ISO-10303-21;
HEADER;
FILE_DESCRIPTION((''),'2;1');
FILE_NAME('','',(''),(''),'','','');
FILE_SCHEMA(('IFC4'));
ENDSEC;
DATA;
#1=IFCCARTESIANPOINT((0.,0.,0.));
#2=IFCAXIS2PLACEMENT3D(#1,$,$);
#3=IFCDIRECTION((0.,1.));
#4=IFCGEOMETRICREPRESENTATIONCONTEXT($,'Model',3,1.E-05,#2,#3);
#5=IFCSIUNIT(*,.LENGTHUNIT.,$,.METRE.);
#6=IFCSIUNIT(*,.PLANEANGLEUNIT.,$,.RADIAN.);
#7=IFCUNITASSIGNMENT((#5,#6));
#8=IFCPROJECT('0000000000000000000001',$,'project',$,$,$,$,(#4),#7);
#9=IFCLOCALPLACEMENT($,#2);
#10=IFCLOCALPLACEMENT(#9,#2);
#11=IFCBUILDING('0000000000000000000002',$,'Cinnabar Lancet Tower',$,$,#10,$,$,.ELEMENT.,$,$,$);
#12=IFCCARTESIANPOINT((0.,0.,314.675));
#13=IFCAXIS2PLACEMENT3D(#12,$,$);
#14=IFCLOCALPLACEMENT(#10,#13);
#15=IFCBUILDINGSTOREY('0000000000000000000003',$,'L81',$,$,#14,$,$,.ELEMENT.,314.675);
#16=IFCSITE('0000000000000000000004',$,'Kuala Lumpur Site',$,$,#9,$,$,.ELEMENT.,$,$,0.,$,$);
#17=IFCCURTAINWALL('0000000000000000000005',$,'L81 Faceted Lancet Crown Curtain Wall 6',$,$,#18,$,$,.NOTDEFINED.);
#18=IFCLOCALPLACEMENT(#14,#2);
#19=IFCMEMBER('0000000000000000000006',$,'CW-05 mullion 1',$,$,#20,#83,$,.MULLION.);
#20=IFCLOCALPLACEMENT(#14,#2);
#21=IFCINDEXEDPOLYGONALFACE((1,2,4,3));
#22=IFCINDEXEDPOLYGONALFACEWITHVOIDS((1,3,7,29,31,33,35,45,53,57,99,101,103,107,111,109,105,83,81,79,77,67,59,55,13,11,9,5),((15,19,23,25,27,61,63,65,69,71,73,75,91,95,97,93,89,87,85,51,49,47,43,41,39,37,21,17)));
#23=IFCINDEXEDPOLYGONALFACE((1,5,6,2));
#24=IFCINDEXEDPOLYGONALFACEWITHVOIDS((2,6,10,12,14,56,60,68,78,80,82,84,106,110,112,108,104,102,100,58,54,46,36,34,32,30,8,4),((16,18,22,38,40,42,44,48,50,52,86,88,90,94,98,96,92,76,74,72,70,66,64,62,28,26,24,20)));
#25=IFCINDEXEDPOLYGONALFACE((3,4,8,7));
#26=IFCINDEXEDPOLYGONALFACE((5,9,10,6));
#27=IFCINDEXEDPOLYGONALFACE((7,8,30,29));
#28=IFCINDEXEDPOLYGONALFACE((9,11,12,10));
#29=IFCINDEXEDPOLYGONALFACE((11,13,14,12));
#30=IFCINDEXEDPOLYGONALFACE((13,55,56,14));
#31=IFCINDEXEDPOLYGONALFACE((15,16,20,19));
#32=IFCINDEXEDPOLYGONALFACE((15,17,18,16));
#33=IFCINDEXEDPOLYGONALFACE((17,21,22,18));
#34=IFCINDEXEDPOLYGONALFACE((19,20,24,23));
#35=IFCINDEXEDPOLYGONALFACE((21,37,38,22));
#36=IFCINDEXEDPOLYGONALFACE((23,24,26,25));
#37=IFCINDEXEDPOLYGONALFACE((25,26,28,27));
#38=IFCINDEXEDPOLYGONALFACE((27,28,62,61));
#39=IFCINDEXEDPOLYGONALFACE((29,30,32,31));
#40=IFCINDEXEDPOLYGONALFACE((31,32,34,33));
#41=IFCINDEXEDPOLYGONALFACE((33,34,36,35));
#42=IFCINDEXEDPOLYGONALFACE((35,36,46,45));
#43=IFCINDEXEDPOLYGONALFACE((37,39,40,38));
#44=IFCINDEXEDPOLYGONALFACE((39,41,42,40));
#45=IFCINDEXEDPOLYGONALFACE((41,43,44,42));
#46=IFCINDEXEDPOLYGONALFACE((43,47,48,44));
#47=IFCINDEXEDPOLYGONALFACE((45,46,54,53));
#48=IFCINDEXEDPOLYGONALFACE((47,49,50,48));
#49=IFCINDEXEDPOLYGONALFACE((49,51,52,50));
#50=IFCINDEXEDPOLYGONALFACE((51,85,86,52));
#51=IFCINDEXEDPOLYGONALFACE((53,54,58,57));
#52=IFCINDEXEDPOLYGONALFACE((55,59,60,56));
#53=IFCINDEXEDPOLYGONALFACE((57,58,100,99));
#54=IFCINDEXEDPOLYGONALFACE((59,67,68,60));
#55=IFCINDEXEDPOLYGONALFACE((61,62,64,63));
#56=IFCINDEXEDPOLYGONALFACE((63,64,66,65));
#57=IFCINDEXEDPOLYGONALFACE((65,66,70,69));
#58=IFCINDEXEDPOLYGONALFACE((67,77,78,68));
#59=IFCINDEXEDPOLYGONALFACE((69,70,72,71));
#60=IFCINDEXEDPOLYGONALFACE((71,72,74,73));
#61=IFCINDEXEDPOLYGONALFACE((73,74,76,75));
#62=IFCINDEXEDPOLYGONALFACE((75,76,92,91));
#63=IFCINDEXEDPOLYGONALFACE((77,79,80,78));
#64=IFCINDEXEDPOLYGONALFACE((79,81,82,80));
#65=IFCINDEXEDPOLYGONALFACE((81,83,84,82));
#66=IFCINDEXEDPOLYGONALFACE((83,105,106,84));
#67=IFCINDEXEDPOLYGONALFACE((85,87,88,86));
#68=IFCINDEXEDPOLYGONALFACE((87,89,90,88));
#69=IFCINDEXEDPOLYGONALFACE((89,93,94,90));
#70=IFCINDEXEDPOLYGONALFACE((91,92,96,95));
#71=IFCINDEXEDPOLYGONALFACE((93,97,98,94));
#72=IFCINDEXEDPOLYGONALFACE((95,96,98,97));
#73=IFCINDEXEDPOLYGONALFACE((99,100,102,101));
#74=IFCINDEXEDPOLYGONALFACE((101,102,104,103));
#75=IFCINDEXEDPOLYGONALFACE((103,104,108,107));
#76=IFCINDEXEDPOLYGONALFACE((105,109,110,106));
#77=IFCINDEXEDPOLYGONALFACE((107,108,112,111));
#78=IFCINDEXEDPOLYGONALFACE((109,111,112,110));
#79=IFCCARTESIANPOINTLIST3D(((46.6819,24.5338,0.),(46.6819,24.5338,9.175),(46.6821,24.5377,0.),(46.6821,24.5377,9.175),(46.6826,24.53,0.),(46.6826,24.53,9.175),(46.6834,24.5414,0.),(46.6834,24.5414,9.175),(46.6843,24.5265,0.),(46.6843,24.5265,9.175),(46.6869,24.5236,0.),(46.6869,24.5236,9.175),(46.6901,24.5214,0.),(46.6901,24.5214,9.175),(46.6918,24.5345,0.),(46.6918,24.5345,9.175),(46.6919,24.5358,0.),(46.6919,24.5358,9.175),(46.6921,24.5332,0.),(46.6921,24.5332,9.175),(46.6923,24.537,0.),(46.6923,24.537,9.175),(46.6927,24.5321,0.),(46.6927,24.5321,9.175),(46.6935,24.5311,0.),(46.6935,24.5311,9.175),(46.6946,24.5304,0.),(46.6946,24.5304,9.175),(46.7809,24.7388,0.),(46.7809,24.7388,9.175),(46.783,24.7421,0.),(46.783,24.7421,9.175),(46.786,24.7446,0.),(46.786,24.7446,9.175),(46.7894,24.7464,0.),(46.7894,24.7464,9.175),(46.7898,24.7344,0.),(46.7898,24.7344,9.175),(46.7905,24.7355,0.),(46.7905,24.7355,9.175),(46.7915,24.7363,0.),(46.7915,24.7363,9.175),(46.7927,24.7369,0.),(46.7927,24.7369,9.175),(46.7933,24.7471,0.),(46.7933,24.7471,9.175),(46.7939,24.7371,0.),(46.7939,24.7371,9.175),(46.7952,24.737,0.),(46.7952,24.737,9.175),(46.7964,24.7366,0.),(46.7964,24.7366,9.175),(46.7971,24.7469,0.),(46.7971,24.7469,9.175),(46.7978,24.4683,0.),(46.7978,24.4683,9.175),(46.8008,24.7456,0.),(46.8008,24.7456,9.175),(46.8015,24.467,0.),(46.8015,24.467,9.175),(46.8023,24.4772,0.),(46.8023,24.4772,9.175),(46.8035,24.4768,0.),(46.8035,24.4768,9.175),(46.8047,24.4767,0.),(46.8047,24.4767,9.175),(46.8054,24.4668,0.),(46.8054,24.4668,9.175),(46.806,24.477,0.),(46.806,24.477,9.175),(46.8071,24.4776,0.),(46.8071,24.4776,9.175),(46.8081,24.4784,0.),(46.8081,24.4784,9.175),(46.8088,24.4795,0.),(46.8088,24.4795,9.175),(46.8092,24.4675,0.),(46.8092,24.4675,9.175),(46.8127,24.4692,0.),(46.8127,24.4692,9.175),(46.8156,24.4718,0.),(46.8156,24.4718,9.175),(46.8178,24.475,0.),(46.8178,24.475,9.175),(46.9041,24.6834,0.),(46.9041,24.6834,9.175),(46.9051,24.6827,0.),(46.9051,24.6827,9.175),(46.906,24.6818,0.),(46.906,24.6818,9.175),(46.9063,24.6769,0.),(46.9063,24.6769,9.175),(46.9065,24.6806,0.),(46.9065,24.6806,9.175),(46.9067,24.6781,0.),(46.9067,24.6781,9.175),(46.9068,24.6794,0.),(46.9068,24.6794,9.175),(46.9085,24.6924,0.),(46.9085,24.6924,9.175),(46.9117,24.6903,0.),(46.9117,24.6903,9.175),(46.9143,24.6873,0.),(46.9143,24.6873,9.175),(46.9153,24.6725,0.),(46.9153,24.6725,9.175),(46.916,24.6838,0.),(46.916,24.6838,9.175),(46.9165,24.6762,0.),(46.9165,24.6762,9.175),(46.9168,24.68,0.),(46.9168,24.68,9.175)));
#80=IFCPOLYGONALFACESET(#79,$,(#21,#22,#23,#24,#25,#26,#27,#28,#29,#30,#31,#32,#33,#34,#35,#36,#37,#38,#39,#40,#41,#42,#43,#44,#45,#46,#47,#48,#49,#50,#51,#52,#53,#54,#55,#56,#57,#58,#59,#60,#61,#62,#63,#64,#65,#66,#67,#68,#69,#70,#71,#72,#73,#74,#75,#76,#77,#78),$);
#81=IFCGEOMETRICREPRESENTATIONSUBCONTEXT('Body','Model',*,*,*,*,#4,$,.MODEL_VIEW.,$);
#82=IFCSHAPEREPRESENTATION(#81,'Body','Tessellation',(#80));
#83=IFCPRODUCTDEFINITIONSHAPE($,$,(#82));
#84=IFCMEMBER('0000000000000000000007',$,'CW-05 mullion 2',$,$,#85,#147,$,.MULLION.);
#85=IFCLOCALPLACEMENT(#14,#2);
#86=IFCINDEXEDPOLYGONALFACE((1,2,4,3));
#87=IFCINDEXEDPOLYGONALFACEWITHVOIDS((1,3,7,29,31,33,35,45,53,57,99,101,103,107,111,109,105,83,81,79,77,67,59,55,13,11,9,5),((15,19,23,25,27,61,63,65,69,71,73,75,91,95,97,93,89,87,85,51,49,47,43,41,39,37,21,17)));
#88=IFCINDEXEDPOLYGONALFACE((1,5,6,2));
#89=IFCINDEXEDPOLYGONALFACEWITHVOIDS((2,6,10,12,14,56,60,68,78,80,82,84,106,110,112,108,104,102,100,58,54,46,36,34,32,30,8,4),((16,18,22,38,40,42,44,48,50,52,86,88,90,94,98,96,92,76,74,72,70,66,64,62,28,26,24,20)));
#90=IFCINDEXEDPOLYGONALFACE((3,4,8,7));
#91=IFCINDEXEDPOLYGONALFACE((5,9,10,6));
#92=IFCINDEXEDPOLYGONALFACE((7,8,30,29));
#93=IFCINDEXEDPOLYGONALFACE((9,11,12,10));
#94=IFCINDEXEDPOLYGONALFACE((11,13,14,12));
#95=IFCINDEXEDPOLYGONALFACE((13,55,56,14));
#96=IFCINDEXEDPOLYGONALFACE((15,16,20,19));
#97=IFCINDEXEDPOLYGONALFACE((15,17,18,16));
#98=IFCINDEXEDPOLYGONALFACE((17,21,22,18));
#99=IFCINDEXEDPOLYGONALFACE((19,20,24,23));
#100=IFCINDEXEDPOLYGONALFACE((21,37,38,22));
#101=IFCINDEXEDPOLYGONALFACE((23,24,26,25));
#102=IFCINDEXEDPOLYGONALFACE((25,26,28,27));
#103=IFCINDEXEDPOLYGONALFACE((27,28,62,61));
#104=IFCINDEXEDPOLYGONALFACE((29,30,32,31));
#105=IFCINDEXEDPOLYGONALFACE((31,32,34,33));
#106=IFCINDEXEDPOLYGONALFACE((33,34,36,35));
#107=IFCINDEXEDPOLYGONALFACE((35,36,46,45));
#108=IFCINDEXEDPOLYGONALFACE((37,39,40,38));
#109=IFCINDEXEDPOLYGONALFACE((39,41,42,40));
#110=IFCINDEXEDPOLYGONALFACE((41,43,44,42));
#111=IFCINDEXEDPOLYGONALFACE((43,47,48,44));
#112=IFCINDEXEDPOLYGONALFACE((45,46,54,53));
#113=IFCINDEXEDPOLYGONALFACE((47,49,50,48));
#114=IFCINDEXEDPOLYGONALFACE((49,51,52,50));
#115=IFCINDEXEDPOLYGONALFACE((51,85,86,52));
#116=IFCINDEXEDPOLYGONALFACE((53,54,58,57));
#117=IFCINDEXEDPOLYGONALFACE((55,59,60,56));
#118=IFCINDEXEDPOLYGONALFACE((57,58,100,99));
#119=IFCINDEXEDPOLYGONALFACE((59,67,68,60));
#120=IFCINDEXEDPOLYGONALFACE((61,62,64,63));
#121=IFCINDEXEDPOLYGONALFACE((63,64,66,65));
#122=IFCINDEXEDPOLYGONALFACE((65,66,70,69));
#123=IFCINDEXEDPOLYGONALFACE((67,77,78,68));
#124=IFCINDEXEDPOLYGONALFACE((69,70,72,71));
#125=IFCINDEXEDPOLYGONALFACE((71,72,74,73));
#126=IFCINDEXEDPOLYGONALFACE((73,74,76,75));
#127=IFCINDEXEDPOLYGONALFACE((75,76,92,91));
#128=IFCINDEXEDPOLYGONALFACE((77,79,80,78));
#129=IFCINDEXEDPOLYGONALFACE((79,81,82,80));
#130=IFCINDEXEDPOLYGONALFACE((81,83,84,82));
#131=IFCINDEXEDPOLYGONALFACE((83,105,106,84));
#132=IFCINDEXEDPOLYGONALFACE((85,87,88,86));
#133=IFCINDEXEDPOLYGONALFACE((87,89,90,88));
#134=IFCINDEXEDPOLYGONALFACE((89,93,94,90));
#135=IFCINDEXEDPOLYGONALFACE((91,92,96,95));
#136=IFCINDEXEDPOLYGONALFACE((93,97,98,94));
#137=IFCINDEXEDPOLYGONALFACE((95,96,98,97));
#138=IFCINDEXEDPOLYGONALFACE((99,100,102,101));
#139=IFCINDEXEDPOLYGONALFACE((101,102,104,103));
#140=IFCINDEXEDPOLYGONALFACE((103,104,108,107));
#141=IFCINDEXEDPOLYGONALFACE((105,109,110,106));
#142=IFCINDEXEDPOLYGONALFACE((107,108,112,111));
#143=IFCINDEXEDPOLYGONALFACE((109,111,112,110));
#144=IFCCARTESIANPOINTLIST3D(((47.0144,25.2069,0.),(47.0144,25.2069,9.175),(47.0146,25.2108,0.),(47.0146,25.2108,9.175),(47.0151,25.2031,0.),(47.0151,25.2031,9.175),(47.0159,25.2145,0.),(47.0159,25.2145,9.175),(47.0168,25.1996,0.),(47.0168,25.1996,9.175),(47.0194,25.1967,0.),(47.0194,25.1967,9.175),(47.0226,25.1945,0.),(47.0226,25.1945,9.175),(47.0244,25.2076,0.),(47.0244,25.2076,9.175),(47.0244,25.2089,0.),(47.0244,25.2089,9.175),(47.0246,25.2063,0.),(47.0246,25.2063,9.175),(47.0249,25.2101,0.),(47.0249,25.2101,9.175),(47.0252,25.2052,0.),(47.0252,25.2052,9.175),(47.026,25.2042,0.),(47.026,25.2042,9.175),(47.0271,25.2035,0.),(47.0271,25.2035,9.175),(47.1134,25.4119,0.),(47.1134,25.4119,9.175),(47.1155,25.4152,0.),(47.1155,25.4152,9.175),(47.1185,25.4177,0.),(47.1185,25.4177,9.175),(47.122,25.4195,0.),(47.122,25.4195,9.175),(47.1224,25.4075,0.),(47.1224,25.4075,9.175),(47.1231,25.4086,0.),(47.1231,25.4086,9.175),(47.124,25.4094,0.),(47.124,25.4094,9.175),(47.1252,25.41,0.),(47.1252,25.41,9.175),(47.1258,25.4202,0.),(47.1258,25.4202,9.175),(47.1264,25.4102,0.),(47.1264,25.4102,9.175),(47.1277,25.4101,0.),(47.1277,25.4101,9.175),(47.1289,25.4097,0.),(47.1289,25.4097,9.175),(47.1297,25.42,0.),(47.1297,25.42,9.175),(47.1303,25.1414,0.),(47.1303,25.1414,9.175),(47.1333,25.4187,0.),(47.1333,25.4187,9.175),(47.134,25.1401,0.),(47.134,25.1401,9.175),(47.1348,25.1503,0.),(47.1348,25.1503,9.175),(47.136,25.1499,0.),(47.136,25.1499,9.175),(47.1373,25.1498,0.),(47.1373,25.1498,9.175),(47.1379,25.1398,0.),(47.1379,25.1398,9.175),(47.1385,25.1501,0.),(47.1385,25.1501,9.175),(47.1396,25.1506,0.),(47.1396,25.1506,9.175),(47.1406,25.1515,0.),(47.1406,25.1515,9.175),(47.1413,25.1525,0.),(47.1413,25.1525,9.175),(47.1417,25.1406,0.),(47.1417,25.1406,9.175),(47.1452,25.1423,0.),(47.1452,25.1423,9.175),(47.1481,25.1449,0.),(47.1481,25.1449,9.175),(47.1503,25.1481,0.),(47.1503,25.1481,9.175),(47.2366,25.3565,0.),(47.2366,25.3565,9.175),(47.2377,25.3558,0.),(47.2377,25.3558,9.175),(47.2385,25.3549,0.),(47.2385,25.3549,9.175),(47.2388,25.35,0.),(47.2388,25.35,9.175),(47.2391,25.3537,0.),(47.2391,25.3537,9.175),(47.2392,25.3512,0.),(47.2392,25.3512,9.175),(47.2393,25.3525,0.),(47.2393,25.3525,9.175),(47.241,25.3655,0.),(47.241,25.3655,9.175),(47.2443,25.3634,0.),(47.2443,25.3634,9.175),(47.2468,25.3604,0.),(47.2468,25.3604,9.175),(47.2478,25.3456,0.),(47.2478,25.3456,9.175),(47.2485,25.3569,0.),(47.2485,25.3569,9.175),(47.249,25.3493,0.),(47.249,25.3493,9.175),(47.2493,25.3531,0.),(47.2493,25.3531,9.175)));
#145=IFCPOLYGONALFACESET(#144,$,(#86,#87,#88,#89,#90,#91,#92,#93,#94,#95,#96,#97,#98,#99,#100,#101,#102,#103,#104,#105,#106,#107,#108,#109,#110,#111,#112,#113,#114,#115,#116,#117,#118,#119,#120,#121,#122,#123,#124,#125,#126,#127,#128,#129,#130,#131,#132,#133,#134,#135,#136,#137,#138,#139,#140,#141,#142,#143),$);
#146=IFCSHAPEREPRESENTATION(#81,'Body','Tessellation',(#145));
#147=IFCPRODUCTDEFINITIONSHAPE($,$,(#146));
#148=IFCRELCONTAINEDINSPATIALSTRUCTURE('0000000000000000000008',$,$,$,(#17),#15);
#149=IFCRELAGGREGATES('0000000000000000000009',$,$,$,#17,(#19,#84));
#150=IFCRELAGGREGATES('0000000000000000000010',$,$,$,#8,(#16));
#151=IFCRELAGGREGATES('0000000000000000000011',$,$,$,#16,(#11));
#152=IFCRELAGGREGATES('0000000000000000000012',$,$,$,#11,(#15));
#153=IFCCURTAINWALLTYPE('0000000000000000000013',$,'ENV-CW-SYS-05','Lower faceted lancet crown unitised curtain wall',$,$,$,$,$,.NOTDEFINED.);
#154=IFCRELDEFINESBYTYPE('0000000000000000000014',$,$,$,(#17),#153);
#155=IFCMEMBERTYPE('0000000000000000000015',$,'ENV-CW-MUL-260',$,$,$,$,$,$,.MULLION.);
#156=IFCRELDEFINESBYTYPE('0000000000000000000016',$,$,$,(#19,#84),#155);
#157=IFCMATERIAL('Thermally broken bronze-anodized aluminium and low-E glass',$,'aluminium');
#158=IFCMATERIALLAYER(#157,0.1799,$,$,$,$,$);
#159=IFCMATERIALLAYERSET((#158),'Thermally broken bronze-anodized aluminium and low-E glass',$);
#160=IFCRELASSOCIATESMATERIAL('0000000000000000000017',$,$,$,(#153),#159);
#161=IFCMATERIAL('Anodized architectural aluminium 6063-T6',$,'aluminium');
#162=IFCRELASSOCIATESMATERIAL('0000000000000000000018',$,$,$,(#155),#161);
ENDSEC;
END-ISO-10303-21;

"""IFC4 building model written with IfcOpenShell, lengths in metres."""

from ifc_helpers import new_model, si_unit, direction, frame, origin, origin_2d, place, context, subcontext, project, spatial, hollow_rectangle, extrude, material, layer, layer_set, material_profile, profile_set, type_object, element, aggregate, save


model = new_model("IFC4")

# Units and contexts
model_context = context("Model", 3, precision=1e-05, world=origin(), true_north=direction((0.0, 1.0)))
body_context = subcontext(model_context, "Body", "Model", "MODEL_VIEW")
ifc_project = project(units=[si_unit("LENGTHUNIT", "METRE"), si_unit("PLANEANGLEUNIT", "RADIAN")], contexts=[model_context])

# Site, building, storey
site_placement = place(None, origin())
site = spatial("IfcSite", under=ifc_project, at=site_placement, Name="Kuala Lumpur Site", CompositionType="ELEMENT", RefElevation=0.0)
building_placement = place(site_placement, origin())
building = spatial("IfcBuilding", under=site, at=building_placement, Name="Cinnabar Lancet Tower", CompositionType="ELEMENT")
storey_placement = place(building_placement, frame((0.0, 0.0, 314.675)))
storey = spatial("IfcBuildingStorey", under=building, at=storey_placement, Name="L81", CompositionType="ELEMENT", Elevation=314.675)

# Curtain wall, members
ifc_material_1 = material(Name="Thermally broken bronze-anodized aluminium and low-E glass", Category="aluminium")
ifc_layer_1 = layer(ifc_material_1, 0.1799)
ifc_layer_set_1 = layer_set([ifc_layer_1], Name="Thermally broken bronze-anodized aluminium and low-E glass")
curtain_wall_type = type_object("IfcCurtainWallType", Name="ENV-CW-SYS-05", Description="Lower faceted lancet crown unitised curtain wall", PredefinedType="NOTDEFINED", material=ifc_layer_set_1)
ifc_material_2 = material(Name="Anodized architectural aluminium 6063-T6", Category="aluminium")
ifc_material_profile_1 = material_profile(ifc_material_2, hollow_rectangle(XDim=0.1499, YDim=0.25, WallThickness=0.01, InnerFilletRadius=0.0049, OuterFilletRadius=0.0149, at=origin_2d()), Name="RHS 250x150x10")
ifc_profile_set_1 = profile_set([ifc_material_profile_1], Name="Anodized architectural aluminium 6063-T6")
member_type_1 = type_object("IfcMemberType", Name="ENV-CW-MUL-260", PredefinedType="MULLION", material=ifc_profile_set_1)
curtain_wall_1_placement = place(storey_placement, origin())
curtain_wall_1 = element("IfcCurtainWall", 1, at=curtain_wall_1_placement, inside=storey, type_object=curtain_wall_type, Name="L81 Faceted Lancet Crown Curtain Wall 6", PredefinedType="NOTDEFINED")
member_1_placement = place(storey_placement, frame((46.7993, 24.6069, 0.0), z_axis=(0.0, 0.0, 1.0), x_axis=(-0.896636, 0.442768, 0.0)))
member_1 = element("IfcMember", 2, at=member_1_placement, type_object=member_type_1, Name="CW-05 mullion 1", PredefinedType="MULLION", context=body_context, shape_type="SweptSolid", body=[
    extrude(hollow_rectangle(XDim=0.1499, YDim=0.25, WallThickness=0.01, InnerFilletRadius=0.0049, OuterFilletRadius=0.0149, at=origin_2d()), origin(), (0.0, 0.0, 1.0), 9.175),
])
member_2_placement = place(storey_placement, frame((47.1318, 25.28, 0.0), z_axis=(0.0, 0.0, 1.0), x_axis=(-0.896636, 0.442768, 0.0)))
member_2 = element("IfcMember", 3, at=member_2_placement, type_object=member_type_1, Name="CW-05 mullion 2", PredefinedType="MULLION", context=body_context, shape_type="SweptSolid", body=[
    extrude(hollow_rectangle(XDim=0.1499, YDim=0.25, WallThickness=0.01, InnerFilletRadius=0.0049, OuterFilletRadius=0.0149, at=origin_2d()), origin(), (0.0, 0.0, 1.0), 9.175),
])

aggregate(curtain_wall_1, [member_1, member_2])

save(model, "model.ifc")
